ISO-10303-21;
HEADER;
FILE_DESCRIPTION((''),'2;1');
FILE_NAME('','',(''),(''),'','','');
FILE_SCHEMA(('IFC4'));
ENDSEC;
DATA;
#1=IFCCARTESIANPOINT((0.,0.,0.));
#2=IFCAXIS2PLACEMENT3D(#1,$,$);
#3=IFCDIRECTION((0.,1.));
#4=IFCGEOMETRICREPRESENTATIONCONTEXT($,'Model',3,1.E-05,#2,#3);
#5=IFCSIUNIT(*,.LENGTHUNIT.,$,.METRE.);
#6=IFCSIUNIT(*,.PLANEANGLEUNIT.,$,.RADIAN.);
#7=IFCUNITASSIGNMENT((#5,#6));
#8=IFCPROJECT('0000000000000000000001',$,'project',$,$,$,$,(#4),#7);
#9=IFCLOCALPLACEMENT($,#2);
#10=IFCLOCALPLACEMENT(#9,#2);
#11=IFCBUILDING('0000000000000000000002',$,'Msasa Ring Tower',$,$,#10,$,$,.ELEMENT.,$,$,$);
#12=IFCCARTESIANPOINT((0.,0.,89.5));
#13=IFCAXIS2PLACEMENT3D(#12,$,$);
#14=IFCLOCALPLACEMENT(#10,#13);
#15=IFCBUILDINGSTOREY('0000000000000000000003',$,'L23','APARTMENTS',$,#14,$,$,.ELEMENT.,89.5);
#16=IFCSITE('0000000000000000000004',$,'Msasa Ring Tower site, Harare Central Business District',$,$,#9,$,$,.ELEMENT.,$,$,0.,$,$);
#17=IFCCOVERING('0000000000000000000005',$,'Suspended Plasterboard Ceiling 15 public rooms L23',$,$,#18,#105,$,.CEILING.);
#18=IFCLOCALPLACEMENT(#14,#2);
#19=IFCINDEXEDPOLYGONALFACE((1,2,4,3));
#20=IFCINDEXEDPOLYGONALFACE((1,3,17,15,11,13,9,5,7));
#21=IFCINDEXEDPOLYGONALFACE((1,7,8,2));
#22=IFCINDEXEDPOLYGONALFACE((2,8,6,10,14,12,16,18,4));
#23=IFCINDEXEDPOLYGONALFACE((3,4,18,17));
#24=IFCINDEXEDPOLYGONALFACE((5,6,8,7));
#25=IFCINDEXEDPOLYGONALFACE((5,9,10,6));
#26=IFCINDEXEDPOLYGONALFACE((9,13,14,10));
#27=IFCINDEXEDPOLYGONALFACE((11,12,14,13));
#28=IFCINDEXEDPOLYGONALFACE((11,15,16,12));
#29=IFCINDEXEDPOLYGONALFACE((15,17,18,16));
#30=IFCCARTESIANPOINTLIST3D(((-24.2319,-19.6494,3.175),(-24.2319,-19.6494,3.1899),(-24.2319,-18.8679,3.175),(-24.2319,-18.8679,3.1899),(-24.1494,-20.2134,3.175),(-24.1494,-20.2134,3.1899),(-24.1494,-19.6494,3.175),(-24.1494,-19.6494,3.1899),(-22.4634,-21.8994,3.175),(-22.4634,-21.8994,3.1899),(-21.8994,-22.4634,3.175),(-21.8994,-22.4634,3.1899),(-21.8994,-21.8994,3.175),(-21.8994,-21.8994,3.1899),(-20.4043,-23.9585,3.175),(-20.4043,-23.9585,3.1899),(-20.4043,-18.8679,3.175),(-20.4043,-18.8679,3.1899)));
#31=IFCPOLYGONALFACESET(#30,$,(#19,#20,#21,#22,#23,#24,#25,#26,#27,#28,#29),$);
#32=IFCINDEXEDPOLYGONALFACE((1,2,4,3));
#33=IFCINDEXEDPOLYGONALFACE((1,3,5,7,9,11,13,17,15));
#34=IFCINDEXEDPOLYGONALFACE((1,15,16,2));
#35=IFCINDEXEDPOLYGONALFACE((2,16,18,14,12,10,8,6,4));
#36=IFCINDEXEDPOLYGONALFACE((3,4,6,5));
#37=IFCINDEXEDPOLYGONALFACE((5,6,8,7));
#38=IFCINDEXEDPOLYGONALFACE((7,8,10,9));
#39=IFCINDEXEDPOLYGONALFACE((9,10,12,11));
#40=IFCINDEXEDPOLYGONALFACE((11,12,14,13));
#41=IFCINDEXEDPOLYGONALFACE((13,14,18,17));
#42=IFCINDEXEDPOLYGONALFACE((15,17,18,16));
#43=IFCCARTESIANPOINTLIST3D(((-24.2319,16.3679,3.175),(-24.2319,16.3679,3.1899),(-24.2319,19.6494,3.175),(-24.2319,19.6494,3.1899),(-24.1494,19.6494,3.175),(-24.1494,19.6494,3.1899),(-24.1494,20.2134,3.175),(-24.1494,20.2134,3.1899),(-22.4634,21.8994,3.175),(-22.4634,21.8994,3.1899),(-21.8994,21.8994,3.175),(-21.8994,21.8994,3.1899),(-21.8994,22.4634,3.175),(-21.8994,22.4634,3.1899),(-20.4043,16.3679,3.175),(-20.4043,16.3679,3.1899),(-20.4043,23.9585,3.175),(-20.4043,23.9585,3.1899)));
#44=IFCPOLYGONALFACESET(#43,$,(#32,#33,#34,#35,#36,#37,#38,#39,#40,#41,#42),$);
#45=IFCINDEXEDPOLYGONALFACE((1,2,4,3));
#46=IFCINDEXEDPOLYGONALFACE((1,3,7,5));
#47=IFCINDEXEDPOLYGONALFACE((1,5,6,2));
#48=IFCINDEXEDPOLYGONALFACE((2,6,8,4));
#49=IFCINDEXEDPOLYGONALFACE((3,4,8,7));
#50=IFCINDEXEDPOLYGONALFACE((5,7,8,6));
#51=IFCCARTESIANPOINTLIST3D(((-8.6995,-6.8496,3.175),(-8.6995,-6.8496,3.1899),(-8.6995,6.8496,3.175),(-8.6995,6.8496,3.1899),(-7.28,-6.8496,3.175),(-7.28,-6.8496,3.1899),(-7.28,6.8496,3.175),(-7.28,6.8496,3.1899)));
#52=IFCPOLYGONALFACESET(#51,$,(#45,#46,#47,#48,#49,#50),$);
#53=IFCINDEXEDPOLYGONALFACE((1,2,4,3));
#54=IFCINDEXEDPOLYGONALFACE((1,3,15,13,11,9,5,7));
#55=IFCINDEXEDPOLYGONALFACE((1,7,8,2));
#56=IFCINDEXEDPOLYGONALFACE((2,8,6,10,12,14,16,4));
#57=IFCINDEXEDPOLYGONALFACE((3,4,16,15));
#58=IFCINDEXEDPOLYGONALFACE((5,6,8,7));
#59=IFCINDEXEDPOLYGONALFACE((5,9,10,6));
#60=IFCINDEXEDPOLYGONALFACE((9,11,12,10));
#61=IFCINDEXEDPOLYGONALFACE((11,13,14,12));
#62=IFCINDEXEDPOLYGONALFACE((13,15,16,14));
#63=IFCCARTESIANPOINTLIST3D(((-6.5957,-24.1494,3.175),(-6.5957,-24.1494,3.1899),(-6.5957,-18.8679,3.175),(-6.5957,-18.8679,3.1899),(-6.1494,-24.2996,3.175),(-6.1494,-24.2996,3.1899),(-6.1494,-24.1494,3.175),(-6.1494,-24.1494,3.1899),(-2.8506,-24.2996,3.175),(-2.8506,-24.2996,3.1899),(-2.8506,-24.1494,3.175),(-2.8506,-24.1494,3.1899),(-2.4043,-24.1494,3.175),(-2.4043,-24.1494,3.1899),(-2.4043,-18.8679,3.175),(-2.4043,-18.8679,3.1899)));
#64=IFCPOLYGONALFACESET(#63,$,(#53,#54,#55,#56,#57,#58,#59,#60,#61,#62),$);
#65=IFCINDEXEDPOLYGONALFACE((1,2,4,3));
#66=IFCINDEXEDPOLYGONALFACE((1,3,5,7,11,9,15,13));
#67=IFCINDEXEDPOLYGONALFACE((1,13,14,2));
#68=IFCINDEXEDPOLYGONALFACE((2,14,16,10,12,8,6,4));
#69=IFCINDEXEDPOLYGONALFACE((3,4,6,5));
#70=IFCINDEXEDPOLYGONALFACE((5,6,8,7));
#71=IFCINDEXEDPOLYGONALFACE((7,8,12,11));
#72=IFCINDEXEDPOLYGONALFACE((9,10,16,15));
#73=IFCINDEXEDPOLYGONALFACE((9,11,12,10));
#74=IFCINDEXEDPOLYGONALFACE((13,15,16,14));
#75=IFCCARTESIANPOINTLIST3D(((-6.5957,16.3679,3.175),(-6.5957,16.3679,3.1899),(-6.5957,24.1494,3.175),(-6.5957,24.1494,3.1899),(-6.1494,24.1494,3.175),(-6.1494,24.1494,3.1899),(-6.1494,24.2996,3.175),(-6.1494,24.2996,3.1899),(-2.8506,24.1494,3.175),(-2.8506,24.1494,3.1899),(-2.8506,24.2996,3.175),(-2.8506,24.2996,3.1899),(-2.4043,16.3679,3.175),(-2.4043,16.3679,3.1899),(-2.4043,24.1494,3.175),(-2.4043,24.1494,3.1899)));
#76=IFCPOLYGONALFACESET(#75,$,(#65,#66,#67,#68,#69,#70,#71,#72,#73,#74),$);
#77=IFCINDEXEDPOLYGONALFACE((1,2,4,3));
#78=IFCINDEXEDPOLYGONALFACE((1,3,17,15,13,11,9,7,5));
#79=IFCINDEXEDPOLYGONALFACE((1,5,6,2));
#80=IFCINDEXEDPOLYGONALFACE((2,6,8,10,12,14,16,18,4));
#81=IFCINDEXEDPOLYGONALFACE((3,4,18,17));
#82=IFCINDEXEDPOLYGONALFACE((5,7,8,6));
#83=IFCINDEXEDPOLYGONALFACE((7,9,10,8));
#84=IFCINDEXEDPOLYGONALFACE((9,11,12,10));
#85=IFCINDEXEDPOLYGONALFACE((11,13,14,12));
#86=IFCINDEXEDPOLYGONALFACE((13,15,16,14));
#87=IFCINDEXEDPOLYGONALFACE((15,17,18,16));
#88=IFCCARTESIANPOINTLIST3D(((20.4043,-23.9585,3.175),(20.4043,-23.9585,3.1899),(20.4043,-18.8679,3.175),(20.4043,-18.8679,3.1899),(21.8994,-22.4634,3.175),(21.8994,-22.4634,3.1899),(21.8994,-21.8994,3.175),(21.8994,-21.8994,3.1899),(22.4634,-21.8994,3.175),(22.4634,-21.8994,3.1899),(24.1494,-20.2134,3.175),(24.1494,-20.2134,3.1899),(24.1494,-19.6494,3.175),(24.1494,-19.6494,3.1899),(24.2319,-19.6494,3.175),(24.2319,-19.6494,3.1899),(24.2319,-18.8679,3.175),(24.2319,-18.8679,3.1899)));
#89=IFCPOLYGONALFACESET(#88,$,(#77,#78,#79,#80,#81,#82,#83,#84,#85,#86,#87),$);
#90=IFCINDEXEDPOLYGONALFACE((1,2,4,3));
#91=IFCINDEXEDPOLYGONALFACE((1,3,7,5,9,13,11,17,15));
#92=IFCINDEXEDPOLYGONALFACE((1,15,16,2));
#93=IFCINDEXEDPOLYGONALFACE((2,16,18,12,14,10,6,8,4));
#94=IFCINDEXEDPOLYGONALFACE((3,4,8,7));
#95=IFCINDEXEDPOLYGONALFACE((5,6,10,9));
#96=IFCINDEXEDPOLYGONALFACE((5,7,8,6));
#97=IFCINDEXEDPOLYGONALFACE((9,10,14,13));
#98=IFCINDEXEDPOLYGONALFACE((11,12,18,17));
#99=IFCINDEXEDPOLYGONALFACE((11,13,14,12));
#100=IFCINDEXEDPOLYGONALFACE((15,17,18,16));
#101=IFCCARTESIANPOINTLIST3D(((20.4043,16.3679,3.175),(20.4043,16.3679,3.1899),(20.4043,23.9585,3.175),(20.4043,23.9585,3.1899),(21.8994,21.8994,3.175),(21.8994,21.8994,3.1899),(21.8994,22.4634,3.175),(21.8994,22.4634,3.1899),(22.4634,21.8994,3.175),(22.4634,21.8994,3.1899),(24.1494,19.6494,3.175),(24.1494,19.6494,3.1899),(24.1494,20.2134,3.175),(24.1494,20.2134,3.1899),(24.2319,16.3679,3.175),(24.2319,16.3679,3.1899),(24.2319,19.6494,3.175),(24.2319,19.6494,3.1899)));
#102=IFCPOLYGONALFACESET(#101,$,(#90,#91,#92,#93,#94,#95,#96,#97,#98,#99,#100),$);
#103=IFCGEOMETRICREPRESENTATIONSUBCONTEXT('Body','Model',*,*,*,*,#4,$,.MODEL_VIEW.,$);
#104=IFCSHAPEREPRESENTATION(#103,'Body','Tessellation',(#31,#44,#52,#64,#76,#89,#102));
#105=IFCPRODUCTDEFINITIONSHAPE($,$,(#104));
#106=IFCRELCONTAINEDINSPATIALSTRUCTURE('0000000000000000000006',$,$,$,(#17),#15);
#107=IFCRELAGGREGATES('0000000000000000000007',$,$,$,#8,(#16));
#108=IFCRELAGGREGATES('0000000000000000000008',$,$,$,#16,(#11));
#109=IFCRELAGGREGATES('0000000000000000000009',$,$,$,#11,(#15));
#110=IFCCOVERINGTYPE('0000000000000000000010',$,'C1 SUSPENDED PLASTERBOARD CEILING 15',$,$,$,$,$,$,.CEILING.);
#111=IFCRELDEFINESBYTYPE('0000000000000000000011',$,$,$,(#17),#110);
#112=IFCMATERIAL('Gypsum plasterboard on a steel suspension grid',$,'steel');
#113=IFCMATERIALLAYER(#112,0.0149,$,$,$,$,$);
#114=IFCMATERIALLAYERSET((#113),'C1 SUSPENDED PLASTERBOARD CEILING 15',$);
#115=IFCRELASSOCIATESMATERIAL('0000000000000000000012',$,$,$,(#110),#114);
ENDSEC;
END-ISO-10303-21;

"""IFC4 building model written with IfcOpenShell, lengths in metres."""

from ifc_helpers import new_model, si_unit, direction, frame, origin, place, context, subcontext, project, spatial, line, indexed_curve, outline, extrude, material, layer, layer_set, type_object, element, save


model = new_model("IFC4")

# Units and contexts
model_context = context("Model", 3, precision=1e-05, world=origin(), true_north=direction((0.0, 1.0)))
body_context = subcontext(model_context, "Body", "Model", "MODEL_VIEW")
ifc_project = project(units=[si_unit("LENGTHUNIT", "METRE"), si_unit("PLANEANGLEUNIT", "RADIAN")], contexts=[model_context])

# Site, building, storey
site_placement = place(None, origin())
site = spatial("IfcSite", under=ifc_project, at=site_placement, Name="Msasa Ring Tower site, Harare Central Business District", CompositionType="ELEMENT", RefElevation=0.0)
building_placement = place(site_placement, origin())
building = spatial("IfcBuilding", under=site, at=building_placement, Name="Msasa Ring Tower", CompositionType="ELEMENT")
storey_placement = place(building_placement, frame((0.0, 0.0, 89.5)))
storey = spatial("IfcBuildingStorey", under=building, at=storey_placement, Name="L23", Description="APARTMENTS", CompositionType="ELEMENT", Elevation=89.5)

# Covering
ifc_material_1 = material(Name="Gypsum plasterboard on a steel suspension grid", Category="steel")
ifc_layer_1 = layer(ifc_material_1, 0.0149)
ifc_layer_set_1 = layer_set([ifc_layer_1], Name="C1 SUSPENDED PLASTERBOARD CEILING 15")
covering_type_1 = type_object("IfcCoveringType", Name="C1 SUSPENDED PLASTERBOARD CEILING 15", PredefinedType="CEILING", material=ifc_layer_set_1)
covering_1_placement = place(storey_placement, frame((0.0, 0.0, 3.175)))
element("IfcCovering", 1, at=covering_1_placement, inside=storey, type_object=covering_type_1, Name="Suspended Plasterboard Ceiling 15 public rooms L23", PredefinedType="CEILING", context=body_context, shape_type="SweptSolid", body=[
    extrude(outline(indexed_curve([(-24.2319, -18.8679), (-20.4043, -18.8679), (-20.4043, -23.9585), (-21.8994, -22.4634), (-21.8994, -21.8994), (-22.4634, -21.8994), (-24.1494, -20.2134), (-24.1494, -19.6494), (-24.2319, -19.6494)], segments=[line(1, 2, 3, 4, 5, 6, 7, 8, 9, 1)], self_intersect=False)), origin(), (0.0, 0.0, 1.0), 0.0149),
    extrude(outline(indexed_curve([(-24.2319, 16.3679), (-24.2319, 19.6494), (-24.1494, 19.6494), (-24.1494, 20.2134), (-22.4634, 21.8994), (-21.8994, 21.8994), (-21.8994, 22.4634), (-20.4043, 23.9585), (-20.4043, 16.3679)], segments=[line(1, 2, 3, 4, 5, 6, 7, 8, 9, 1)], self_intersect=False)), origin(), (0.0, 0.0, 1.0), 0.0149),
    extrude(outline(indexed_curve([(-8.6995, -6.8496), (-8.6995, 6.8496), (-7.28, 6.8496), (-7.28, -6.8496)], segments=[line(1, 2, 3, 4, 1)], self_intersect=False)), origin(), (0.0, 0.0, 1.0), 0.0149),
    extrude(outline(indexed_curve([(-6.1494, -24.2996), (-6.1494, -24.1494), (-6.5957, -24.1494), (-6.5957, -18.8679), (-2.4043, -18.8679), (-2.4043, -24.1494), (-2.8506, -24.1494), (-2.8506, -24.2996)], segments=[line(1, 2, 3, 4, 5, 6, 7, 8, 1)], self_intersect=False)), origin(), (0.0, 0.0, 1.0), 0.0149),
    extrude(outline(indexed_curve([(-6.5957, 16.3679), (-6.5957, 24.1494), (-6.1494, 24.1494), (-6.1494, 24.2996), (-2.8506, 24.2996), (-2.8506, 24.1494), (-2.4043, 24.1494), (-2.4043, 16.3679)], segments=[line(1, 2, 3, 4, 5, 6, 7, 8, 1)], self_intersect=False)), origin(), (0.0, 0.0, 1.0), 0.0149),
    extrude(outline(indexed_curve([(24.2319, -18.8679), (24.2319, -19.6494), (24.1494, -19.6494), (24.1494, -20.2134), (22.4634, -21.8994), (21.8994, -21.8994), (21.8994, -22.4634), (20.4043, -23.9585), (20.4043, -18.8679)], segments=[line(1, 2, 3, 4, 5, 6, 7, 8, 9, 1)], self_intersect=False)), origin(), (0.0, 0.0, 1.0), 0.0149),
    extrude(outline(indexed_curve([(24.2319, 16.3679), (20.4043, 16.3679), (20.4043, 23.9585), (21.8994, 22.4634), (21.8994, 21.8994), (22.4634, 21.8994), (24.1494, 20.2134), (24.1494, 19.6494), (24.2319, 19.6494)], segments=[line(1, 2, 3, 4, 5, 6, 7, 8, 9, 1)], self_intersect=False)), origin(), (0.0, 0.0, 1.0), 0.0149),
])

save(model, "model.ifc")
